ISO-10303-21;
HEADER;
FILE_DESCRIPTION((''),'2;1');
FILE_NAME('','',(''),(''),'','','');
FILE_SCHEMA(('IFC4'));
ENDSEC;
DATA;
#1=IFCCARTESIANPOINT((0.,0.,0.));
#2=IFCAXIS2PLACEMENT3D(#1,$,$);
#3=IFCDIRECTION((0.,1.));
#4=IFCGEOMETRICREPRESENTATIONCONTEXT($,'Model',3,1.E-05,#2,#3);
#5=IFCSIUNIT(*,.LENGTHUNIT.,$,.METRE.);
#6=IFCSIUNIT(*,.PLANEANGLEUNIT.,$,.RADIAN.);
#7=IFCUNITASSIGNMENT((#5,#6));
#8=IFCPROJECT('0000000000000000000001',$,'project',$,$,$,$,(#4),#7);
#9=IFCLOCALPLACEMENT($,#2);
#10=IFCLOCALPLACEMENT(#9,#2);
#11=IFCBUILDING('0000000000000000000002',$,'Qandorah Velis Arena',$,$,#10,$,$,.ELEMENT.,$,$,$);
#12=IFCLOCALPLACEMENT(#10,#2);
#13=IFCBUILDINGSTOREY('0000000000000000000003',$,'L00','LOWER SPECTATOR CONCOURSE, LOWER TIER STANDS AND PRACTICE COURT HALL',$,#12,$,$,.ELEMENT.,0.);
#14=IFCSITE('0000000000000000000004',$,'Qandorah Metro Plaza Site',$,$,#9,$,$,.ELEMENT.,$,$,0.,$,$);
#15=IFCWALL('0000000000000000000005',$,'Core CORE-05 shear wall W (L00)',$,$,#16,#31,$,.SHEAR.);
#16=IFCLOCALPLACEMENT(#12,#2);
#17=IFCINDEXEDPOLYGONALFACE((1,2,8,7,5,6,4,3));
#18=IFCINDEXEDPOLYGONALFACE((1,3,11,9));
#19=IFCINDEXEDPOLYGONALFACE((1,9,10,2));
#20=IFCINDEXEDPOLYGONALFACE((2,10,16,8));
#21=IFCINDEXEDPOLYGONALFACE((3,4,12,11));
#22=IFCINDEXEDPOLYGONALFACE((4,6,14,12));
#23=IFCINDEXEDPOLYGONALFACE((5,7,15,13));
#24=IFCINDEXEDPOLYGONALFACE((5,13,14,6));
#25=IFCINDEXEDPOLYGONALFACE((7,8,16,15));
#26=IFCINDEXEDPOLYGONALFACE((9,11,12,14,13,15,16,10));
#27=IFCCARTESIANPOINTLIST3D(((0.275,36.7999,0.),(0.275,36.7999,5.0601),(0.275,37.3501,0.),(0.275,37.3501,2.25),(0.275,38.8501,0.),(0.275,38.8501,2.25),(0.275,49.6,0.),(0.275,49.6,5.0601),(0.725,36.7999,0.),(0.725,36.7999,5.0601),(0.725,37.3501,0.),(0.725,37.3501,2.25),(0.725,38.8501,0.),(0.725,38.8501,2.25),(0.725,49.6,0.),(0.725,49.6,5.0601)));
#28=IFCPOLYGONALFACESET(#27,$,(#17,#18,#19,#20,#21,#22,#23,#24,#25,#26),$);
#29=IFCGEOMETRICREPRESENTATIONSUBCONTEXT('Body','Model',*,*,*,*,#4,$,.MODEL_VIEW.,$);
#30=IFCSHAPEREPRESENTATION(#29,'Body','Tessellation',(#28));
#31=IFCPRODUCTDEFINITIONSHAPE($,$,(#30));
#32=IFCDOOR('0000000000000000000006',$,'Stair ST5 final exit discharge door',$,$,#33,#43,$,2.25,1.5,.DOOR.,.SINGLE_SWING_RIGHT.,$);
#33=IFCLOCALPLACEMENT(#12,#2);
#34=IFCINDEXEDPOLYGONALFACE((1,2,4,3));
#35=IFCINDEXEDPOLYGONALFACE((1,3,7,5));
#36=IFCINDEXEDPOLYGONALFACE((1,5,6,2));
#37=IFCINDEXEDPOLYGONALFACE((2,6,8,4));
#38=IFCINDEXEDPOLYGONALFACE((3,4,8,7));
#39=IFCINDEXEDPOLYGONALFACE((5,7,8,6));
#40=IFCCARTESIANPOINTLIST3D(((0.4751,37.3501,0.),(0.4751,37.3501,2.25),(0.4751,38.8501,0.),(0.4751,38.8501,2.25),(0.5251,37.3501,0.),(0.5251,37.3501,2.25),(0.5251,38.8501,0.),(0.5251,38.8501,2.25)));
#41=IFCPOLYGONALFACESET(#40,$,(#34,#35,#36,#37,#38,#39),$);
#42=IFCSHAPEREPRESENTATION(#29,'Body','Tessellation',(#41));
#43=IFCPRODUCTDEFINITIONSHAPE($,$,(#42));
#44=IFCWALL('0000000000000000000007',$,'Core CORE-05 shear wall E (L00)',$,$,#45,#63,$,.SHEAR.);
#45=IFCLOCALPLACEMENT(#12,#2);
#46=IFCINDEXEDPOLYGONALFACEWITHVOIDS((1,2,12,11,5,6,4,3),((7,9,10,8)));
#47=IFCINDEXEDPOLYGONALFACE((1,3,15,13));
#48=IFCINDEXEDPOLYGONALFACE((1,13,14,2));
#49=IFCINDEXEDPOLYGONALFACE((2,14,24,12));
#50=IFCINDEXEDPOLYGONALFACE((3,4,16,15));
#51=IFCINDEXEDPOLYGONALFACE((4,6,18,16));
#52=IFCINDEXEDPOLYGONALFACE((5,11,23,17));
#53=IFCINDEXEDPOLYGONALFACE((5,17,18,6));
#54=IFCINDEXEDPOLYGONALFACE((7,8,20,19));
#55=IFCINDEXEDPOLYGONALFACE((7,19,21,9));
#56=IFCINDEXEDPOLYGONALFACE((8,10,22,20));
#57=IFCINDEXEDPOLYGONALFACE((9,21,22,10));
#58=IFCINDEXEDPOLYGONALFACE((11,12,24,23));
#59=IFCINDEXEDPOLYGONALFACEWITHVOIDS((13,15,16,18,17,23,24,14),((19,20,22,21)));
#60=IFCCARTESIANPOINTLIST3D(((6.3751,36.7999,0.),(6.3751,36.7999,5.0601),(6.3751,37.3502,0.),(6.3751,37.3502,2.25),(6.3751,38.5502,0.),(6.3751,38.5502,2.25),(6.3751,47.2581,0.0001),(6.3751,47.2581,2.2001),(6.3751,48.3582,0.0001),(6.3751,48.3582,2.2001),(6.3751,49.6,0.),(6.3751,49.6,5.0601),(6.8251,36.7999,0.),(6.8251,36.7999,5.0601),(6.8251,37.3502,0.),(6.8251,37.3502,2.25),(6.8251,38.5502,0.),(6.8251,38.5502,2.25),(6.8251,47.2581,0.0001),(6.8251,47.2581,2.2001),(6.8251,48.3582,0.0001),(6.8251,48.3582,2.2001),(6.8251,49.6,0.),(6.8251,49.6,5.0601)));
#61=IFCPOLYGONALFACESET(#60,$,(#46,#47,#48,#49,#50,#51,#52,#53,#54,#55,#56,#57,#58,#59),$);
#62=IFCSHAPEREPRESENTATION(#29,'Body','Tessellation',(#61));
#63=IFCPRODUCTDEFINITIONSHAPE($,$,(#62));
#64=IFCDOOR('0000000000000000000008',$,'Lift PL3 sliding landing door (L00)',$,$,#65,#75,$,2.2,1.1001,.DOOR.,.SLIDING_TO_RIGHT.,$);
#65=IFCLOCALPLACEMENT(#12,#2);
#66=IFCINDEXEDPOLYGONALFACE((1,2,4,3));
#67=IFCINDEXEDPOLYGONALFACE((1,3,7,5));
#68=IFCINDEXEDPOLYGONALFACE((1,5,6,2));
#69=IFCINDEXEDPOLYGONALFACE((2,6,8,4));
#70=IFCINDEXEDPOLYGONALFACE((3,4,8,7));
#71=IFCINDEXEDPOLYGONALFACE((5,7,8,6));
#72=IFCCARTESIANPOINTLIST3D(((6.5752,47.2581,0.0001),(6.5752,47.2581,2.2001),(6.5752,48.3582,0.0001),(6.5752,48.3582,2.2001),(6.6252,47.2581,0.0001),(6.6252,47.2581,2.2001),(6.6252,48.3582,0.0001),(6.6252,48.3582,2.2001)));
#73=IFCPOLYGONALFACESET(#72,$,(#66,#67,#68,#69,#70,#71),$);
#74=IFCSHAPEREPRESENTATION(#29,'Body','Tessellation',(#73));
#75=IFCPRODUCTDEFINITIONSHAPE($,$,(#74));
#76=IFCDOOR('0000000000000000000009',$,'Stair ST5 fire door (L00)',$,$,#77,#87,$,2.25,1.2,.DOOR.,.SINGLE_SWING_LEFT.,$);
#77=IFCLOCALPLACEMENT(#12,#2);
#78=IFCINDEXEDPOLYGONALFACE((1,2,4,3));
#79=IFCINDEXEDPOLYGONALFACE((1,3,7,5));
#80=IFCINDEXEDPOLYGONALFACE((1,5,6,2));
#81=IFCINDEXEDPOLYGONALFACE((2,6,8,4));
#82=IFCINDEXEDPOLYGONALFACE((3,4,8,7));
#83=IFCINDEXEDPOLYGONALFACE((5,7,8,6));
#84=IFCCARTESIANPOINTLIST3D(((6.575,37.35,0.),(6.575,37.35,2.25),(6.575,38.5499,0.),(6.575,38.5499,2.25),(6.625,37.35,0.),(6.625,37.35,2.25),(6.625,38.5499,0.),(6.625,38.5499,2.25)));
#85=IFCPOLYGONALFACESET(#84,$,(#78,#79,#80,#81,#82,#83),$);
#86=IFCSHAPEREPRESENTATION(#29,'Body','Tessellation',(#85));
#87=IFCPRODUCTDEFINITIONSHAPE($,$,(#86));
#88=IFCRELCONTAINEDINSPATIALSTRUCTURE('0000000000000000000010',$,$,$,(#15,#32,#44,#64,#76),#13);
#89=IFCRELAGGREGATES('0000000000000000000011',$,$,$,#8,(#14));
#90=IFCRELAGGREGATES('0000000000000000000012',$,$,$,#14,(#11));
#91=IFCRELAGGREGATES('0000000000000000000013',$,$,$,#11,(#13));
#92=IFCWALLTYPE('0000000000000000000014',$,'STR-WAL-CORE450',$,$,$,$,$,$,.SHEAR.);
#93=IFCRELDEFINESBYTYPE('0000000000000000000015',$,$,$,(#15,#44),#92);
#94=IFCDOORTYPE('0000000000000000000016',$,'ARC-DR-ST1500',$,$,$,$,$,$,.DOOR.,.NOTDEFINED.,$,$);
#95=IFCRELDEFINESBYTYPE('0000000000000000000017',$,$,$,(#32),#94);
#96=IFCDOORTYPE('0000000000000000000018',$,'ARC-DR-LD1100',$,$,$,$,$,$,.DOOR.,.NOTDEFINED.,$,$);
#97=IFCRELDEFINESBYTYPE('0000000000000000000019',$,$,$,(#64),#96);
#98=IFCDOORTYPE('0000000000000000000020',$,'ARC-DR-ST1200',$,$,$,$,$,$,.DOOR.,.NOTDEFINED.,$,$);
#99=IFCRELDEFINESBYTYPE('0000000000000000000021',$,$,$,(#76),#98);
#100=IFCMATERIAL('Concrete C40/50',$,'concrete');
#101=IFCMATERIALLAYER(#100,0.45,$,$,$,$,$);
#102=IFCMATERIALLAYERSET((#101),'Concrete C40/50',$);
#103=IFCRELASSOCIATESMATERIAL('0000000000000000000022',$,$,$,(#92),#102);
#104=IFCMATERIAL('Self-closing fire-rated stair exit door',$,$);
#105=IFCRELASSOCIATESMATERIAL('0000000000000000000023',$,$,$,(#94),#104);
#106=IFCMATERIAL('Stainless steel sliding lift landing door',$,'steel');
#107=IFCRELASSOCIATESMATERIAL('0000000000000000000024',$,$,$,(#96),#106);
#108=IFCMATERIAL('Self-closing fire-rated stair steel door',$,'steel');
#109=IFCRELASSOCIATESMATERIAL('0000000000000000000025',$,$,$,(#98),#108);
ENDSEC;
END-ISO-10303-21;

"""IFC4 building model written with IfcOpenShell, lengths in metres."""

from ifc_helpers import new_model, si_unit, direction, frame, frame_2d, origin, place, context, subcontext, project, spatial, rectangle, extrude, material, layer, layer_set, type_object, element, fill, save


model = new_model("IFC4")

# Units and contexts
model_context = context("Model", 3, precision=1e-05, world=origin(), true_north=direction((0.0, 1.0)))
body_context = subcontext(model_context, "Body", "Model", "MODEL_VIEW")
ifc_project = project(units=[si_unit("LENGTHUNIT", "METRE"), si_unit("PLANEANGLEUNIT", "RADIAN")], contexts=[model_context])

# Site, building, storey
site_placement = place(None, origin())
site = spatial("IfcSite", under=ifc_project, at=site_placement, Name="Qandorah Metro Plaza Site", CompositionType="ELEMENT", RefElevation=0.0)
building_placement = place(site_placement, origin())
building = spatial("IfcBuilding", under=site, at=building_placement, Name="Qandorah Velis Arena", CompositionType="ELEMENT")
storey_placement = place(building_placement, origin())
storey = spatial("IfcBuildingStorey", under=building, at=storey_placement, Name="L00", Description="LOWER SPECTATOR CONCOURSE, LOWER TIER STANDS AND PRACTICE COURT HALL", CompositionType="ELEMENT", Elevation=0.0)

# Shared definitions
ifc_material_1 = material(Name="Concrete C40/50", Category="concrete")

# Shared definitions
ifc_layer_1 = layer(ifc_material_1, 0.45)
ifc_layer_set_1 = layer_set([ifc_layer_1], Name="Concrete C40/50")
wall_type_1 = type_object("IfcWallType", Name="STR-WAL-CORE450", PredefinedType="SHEAR", material=ifc_layer_set_1)

# Wall, opening, door
wall_1_placement = place(storey_placement, frame((0.5, 36.8, 0.0), z_axis=(0.0, 0.0, 1.0), x_axis=(0.0, 1.0, 0.0)))
wall_1 = element("IfcWall", 1, at=wall_1_placement, inside=storey, type_object=wall_type_1, Name="Core CORE-05 shear wall W (L00)", PredefinedType="SHEAR", context=body_context, shape_type="SweptSolid", body=[
    extrude(rectangle(XDim=12.8, YDim=0.45, at=frame_2d((6.3999, 0.0))), origin(), (0.0, 0.0, 1.0), 5.0601),
])
opening_1_placement = place(wall_1_placement, frame((0.55, 0.0, 0.0)))
opening_1 = element("IfcOpeningElement", 2, at=opening_1_placement, cuts=wall_1, PredefinedType="OPENING", context=body_context, shape_type="SweptSolid", body=[
    extrude(rectangle(XDim=1.5, YDim=2.25, at=frame_2d((0.75, 1.125))), frame((0.0, 0.2349, 0.0), z_axis=(0.0, -1.0, 0.0), x_axis=(1.0, 0.0, 0.0)), (0.0, 0.0, 1.0), 0.47),
])
ifc_material_2 = material(Name="Self-closing fire-rated stair exit door")
door_type_1 = type_object("IfcDoorType", Name="ARC-DR-ST1500", OperationType="NOTDEFINED", PredefinedType="DOOR", material=ifc_material_2)
door_1_placement = place(opening_1_placement, origin())
door_1 = element("IfcDoor", 3, at=door_1_placement, inside=storey, type_object=door_type_1, Name="Stair ST5 final exit discharge door", OperationType="SINGLE_SWING_RIGHT", OverallHeight=2.25, OverallWidth=1.5, PredefinedType="DOOR", context=body_context, shape_type="SweptSolid", body=[
    extrude(rectangle(XDim=1.5, YDim=2.25, at=frame_2d((0.75, 1.125))), frame((0.0, 0.0249, 0.0), z_axis=(0.0, -1.0, 0.0), x_axis=(1.0, 0.0, 0.0)), (0.0, 0.0, 1.0), 0.05),
])
fill(opening_1, door_1)

# Wall, openings, doors
wall_2_placement = place(storey_placement, frame((6.6001, 36.8, 0.0), z_axis=(0.0, 0.0, 1.0), x_axis=(0.0, 1.0, 0.0)))
wall_2 = element("IfcWall", 4, at=wall_2_placement, inside=storey, type_object=wall_type_1, Name="Core CORE-05 shear wall E (L00)", PredefinedType="SHEAR", context=body_context, shape_type="SweptSolid", body=[
    extrude(rectangle(XDim=12.8, YDim=0.45, at=frame_2d((6.3999, 0.0))), origin(), (0.0, 0.0, 1.0), 5.0601),
])
opening_2_placement = place(wall_2_placement, frame((0.55, 0.0, 0.0)))
opening_2 = element("IfcOpeningElement", 5, at=opening_2_placement, cuts=wall_2, PredefinedType="OPENING", context=body_context, shape_type="SweptSolid", body=[
    extrude(rectangle(XDim=1.2, YDim=2.25, at=frame_2d((0.6001, 1.125))), frame((0.0, 0.2349, 0.0), z_axis=(0.0, -1.0, 0.0), x_axis=(1.0, 0.0, 0.0)), (0.0, 0.0, 1.0), 0.47),
])
opening_3_placement = place(wall_2_placement, frame((10.458, 0.0, 0.0)))
opening_3 = element("IfcOpeningElement", 6, at=opening_3_placement, cuts=wall_2, PredefinedType="OPENING", context=body_context, shape_type="SweptSolid", body=[
    extrude(rectangle(XDim=1.1001, YDim=2.2, at=frame_2d((0.55, 1.1001))), frame((0.0, 0.2349, 0.0), z_axis=(0.0, -1.0, 0.0), x_axis=(1.0, 0.0, 0.0)), (0.0, 0.0, 1.0), 0.47),
])
ifc_material_3 = material(Name="Stainless steel sliding lift landing door", Category="steel")
door_type_2 = type_object("IfcDoorType", Name="ARC-DR-LD1100", OperationType="NOTDEFINED", PredefinedType="DOOR", material=ifc_material_3)
door_2_placement = place(opening_3_placement, origin())
door_2 = element("IfcDoor", 7, at=door_2_placement, inside=storey, type_object=door_type_2, Name="Lift PL3 sliding landing door (L00)", OperationType="SLIDING_TO_RIGHT", OverallHeight=2.2, OverallWidth=1.1001, PredefinedType="DOOR", context=body_context, shape_type="SweptSolid", body=[
    extrude(rectangle(XDim=1.1001, YDim=2.2, at=frame_2d((0.55, 1.1001))), frame((0.0, 0.0249, 0.0), z_axis=(0.0, -1.0, 0.0), x_axis=(1.0, 0.0, 0.0)), (0.0, 0.0, 1.0), 0.05),
])
fill(opening_3, door_2)
ifc_material_4 = material(Name="Self-closing fire-rated stair steel door", Category="steel")
door_type_3 = type_object("IfcDoorType", Name="ARC-DR-ST1200", OperationType="NOTDEFINED", PredefinedType="DOOR", material=ifc_material_4)
door_3_placement = place(opening_2_placement, frame((1.2, 0.0, 0.0), z_axis=(0.0, 0.0, 1.0), x_axis=(-1.0, 0.0, 0.0)))
door_3 = element("IfcDoor", 8, at=door_3_placement, inside=storey, type_object=door_type_3, Name="Stair ST5 fire door (L00)", OperationType="SINGLE_SWING_LEFT", OverallHeight=2.25, OverallWidth=1.2, PredefinedType="DOOR", context=body_context, shape_type="SweptSolid", body=[
    extrude(rectangle(XDim=1.2, YDim=2.25, at=frame_2d((0.6001, 1.125))), frame((0.0, 0.0249, 0.0), z_axis=(0.0, -1.0, 0.0), x_axis=(1.0, 0.0, 0.0)), (0.0, 0.0, 1.0), 0.05),
])
fill(opening_2, door_3)

save(model, "model.ifc")
